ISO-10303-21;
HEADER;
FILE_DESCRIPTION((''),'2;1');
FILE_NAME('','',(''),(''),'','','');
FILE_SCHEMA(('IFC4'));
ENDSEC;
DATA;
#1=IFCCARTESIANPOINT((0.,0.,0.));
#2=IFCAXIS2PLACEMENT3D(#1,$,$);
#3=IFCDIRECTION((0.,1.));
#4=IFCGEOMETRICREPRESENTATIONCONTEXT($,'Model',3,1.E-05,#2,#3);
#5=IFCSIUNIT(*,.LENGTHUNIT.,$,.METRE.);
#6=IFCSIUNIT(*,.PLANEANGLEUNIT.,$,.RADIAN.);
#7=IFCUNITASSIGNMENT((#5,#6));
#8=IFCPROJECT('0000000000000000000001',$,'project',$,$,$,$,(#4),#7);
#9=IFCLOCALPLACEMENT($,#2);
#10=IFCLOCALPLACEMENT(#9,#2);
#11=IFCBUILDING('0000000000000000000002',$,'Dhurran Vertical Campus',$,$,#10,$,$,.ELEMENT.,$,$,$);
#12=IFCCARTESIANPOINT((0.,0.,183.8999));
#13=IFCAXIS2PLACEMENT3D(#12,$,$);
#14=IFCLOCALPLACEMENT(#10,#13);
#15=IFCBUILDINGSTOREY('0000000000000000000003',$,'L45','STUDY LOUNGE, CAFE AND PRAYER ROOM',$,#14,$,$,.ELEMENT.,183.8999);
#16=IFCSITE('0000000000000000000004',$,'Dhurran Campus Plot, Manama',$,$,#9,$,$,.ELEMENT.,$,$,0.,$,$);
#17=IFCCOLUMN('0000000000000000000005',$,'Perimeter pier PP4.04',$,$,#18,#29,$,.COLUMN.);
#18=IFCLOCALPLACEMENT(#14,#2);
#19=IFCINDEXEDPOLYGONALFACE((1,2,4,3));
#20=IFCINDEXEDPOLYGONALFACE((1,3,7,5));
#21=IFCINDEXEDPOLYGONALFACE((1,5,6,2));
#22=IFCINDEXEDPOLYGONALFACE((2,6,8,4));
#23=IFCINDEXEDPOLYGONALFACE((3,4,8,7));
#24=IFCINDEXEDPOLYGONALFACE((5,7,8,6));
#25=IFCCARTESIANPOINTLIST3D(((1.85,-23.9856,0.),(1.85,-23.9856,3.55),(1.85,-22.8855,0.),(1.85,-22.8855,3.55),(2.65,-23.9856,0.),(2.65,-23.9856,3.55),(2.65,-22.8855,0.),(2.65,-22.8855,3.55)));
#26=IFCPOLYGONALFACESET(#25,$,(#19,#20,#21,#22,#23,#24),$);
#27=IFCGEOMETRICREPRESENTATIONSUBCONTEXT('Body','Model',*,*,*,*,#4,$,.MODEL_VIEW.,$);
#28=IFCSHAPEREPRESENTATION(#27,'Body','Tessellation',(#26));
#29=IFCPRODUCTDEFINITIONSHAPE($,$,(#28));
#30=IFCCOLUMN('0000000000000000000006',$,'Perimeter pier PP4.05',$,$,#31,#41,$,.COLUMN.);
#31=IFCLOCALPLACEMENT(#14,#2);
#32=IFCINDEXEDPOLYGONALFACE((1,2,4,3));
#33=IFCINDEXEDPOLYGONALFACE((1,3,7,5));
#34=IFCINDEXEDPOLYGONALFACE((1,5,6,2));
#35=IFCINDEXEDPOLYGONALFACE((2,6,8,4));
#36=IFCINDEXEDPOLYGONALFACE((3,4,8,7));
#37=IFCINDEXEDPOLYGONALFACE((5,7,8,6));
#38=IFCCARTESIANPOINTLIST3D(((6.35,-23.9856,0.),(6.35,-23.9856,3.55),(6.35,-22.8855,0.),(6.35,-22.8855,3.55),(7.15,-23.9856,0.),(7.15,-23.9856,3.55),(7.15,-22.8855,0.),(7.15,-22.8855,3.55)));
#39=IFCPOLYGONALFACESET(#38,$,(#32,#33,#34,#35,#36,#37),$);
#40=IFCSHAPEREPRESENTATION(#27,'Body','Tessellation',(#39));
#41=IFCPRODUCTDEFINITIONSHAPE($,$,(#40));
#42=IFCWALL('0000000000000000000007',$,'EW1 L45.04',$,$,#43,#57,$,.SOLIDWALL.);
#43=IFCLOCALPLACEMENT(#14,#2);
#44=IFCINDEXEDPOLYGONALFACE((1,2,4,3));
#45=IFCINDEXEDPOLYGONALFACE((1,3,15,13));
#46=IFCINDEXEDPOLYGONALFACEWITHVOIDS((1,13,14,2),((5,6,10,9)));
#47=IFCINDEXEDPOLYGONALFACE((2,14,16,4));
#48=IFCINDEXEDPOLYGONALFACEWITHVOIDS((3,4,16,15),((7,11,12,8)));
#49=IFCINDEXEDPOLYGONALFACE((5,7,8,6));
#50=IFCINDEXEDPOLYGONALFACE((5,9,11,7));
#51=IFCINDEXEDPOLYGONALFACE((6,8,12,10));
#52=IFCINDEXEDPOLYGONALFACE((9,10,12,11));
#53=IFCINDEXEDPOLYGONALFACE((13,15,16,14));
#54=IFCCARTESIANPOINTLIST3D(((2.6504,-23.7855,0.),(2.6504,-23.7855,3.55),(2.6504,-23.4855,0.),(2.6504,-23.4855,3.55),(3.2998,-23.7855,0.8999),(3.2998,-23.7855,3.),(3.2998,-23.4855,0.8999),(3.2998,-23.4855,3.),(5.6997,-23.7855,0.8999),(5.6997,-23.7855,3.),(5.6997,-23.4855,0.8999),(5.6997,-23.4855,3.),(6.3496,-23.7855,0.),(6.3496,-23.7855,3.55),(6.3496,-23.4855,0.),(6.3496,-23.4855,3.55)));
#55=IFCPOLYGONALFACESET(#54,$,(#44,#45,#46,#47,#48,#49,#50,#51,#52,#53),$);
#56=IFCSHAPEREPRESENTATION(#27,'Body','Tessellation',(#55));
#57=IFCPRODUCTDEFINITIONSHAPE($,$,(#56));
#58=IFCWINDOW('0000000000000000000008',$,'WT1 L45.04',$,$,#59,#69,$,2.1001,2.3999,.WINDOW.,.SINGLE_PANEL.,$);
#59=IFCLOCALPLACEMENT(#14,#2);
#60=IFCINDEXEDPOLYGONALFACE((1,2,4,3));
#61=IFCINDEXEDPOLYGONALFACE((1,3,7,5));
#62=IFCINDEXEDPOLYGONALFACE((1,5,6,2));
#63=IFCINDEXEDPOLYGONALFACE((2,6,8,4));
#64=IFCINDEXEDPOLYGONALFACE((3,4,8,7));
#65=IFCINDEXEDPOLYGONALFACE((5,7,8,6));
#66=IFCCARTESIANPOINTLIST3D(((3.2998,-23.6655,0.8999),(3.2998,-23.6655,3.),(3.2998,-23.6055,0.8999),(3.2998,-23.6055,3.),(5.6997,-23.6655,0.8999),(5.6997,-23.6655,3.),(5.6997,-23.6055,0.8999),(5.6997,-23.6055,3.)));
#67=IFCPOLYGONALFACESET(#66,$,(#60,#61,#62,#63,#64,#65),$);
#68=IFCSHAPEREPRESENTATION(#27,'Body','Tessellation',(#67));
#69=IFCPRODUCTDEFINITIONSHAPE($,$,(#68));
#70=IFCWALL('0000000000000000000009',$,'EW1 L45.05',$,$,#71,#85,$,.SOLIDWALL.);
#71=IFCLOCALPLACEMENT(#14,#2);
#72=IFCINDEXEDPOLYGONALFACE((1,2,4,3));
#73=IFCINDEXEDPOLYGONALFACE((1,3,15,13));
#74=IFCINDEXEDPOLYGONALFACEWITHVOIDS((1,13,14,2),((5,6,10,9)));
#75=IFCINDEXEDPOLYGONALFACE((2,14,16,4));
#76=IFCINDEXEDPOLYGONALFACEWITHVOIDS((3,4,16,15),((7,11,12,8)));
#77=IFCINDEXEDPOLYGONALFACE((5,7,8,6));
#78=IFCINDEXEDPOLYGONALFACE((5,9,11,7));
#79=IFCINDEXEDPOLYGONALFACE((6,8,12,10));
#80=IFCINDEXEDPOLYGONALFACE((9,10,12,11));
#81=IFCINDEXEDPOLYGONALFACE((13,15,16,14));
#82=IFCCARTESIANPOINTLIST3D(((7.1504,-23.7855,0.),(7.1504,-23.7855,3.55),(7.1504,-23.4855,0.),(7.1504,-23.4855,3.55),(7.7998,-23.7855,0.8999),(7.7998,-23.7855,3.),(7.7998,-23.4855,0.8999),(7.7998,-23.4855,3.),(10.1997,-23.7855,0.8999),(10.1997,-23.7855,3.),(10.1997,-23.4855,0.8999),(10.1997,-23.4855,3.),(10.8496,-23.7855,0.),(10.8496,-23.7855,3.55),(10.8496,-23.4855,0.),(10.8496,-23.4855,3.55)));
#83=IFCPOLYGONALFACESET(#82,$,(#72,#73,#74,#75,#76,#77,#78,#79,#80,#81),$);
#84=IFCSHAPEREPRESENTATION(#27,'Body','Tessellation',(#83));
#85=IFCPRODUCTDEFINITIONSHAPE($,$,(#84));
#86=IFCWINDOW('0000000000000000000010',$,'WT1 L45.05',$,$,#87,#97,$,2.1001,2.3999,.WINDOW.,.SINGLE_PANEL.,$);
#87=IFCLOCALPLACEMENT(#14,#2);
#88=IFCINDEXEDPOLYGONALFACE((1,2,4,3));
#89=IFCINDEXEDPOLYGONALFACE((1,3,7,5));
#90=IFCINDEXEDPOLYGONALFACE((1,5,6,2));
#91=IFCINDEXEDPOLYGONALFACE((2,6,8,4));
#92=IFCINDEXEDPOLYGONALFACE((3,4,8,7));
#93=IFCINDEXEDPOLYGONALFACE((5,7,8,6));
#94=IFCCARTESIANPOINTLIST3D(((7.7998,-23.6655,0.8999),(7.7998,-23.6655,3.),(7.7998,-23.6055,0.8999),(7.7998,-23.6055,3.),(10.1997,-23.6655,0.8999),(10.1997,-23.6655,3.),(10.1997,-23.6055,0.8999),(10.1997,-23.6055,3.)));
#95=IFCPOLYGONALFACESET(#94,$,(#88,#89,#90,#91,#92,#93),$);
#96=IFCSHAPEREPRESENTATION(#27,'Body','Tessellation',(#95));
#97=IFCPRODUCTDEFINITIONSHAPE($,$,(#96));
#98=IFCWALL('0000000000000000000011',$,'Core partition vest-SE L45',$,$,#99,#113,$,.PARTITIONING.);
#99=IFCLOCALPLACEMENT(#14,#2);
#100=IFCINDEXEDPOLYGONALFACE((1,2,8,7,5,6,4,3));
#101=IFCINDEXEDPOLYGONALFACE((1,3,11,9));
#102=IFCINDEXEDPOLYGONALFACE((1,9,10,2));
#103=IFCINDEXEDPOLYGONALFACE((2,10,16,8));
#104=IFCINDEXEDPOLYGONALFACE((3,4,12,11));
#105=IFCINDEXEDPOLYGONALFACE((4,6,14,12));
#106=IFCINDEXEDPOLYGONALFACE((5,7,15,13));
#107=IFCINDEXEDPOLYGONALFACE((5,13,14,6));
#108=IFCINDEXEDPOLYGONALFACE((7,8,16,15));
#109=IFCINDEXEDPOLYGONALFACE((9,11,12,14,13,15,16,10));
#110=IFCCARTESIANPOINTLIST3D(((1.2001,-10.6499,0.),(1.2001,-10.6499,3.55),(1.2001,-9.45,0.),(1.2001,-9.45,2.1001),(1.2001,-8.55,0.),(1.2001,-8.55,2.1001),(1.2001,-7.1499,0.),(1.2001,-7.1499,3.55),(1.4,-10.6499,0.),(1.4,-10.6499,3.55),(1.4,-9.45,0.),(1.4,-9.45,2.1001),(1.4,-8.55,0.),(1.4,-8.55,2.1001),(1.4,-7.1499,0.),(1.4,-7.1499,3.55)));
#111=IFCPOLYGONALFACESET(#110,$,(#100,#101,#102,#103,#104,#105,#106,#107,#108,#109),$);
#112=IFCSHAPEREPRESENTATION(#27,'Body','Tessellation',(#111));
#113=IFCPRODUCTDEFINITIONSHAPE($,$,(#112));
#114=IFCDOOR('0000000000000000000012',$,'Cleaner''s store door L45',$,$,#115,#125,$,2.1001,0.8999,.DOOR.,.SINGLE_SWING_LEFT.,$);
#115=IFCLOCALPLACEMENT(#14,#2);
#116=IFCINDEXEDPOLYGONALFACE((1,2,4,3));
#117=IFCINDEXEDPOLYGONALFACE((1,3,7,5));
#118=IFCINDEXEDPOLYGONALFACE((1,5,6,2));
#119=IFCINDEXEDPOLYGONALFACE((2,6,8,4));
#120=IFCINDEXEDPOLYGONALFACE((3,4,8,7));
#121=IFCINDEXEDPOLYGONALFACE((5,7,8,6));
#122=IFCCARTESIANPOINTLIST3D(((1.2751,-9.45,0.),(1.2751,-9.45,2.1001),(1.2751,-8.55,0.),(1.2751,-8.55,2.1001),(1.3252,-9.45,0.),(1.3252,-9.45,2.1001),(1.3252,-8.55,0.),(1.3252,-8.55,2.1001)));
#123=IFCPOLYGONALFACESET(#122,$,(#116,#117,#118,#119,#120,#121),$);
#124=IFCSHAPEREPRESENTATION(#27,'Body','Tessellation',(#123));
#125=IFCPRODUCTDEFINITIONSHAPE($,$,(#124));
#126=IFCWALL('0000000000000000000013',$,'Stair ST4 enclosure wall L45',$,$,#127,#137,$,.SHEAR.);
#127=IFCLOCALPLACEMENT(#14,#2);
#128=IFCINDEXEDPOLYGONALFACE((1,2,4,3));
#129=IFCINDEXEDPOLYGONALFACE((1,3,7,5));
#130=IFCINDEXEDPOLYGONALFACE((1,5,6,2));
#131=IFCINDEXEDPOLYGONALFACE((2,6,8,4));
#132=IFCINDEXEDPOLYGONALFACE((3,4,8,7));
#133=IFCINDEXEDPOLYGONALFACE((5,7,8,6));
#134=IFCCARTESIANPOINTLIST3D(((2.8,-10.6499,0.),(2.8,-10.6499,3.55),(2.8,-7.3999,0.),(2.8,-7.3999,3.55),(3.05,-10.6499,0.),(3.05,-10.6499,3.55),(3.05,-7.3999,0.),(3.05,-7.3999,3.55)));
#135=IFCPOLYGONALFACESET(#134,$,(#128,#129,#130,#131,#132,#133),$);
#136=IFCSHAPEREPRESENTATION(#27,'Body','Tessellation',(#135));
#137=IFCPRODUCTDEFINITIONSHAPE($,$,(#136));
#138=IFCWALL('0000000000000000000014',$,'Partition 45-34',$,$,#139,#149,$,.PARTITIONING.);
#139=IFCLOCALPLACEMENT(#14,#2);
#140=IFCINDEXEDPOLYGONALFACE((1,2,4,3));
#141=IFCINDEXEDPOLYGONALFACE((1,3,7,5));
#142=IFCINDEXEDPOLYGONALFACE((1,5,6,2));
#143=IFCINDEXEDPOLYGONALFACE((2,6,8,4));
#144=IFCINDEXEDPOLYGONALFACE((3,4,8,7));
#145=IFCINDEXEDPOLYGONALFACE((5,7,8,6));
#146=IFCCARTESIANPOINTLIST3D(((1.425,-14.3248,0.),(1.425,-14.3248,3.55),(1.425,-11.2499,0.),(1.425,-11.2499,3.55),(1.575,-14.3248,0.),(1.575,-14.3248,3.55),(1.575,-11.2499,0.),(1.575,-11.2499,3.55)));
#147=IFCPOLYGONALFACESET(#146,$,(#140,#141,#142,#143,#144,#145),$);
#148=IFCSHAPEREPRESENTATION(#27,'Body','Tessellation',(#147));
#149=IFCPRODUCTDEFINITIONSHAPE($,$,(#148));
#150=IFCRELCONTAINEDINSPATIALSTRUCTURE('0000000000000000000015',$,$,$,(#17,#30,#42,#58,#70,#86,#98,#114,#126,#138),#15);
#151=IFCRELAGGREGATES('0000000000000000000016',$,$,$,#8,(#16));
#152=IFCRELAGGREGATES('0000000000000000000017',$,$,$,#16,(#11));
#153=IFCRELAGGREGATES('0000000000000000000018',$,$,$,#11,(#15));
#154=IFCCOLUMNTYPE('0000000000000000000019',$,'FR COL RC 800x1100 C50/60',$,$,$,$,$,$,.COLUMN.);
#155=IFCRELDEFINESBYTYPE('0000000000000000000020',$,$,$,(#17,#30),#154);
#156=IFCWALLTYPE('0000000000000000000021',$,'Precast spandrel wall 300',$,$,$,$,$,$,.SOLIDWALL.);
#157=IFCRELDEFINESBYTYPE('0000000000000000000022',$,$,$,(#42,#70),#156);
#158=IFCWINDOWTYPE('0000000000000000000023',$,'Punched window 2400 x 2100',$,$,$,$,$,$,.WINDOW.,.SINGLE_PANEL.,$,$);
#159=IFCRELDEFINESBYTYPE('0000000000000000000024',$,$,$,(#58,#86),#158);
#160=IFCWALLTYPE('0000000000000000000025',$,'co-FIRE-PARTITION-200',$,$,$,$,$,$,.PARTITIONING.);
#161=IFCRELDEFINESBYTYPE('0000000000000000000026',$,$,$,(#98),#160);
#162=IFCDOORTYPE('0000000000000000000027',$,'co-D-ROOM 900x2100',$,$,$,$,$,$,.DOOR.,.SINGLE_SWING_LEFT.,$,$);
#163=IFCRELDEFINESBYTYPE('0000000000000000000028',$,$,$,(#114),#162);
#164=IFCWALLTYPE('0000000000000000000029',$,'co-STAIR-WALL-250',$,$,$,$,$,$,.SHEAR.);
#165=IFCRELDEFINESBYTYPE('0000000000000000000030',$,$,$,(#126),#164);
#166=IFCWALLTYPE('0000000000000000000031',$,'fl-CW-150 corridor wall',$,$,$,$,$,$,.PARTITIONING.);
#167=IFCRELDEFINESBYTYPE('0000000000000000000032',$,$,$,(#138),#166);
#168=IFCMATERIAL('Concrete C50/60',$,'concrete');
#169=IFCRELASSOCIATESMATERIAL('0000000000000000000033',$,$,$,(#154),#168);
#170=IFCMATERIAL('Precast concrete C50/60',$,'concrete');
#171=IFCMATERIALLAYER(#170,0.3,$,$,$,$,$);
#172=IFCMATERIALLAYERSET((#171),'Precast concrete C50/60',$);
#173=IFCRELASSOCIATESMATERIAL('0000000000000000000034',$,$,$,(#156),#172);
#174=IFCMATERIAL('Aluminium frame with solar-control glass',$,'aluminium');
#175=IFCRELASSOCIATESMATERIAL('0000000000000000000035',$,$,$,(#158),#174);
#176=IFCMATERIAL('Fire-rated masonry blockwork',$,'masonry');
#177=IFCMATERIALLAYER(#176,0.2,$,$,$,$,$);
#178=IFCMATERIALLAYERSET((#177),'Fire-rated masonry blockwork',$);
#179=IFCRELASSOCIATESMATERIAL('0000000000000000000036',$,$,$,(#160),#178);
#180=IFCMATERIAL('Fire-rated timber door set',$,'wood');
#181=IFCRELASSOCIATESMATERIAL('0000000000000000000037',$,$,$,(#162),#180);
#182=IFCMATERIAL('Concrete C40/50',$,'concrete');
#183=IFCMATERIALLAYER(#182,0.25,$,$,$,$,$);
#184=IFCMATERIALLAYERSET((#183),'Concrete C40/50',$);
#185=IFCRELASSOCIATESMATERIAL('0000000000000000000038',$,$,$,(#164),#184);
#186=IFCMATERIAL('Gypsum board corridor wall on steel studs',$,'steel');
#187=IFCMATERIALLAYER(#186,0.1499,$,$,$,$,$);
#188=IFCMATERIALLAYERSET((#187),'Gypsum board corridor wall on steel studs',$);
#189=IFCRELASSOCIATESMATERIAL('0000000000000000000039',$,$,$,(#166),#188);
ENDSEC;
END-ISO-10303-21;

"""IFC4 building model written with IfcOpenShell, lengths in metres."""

from ifc_helpers import new_model, si_unit, direction, frame, frame_2d, origin, origin_2d, place, context, subcontext, project, spatial, rectangle, extrude, material, layer, layer_set, material_profile, profile_set, type_object, element, fill, save


model = new_model("IFC4")

# Units and contexts
model_context = context("Model", 3, precision=1e-05, world=origin(), true_north=direction((0.0, 1.0)))
body_context = subcontext(model_context, "Body", "Model", "MODEL_VIEW")
ifc_project = project(units=[si_unit("LENGTHUNIT", "METRE"), si_unit("PLANEANGLEUNIT", "RADIAN")], contexts=[model_context])

# Site, building, storey
site_placement = place(None, origin())
site = spatial("IfcSite", under=ifc_project, at=site_placement, Name="Dhurran Campus Plot, Manama", CompositionType="ELEMENT", RefElevation=0.0)
building_placement = place(site_placement, origin())
building = spatial("IfcBuilding", under=site, at=building_placement, Name="Dhurran Vertical Campus", CompositionType="ELEMENT")
storey_placement = place(building_placement, frame((0.0, 0.0, 183.8999)))
storey = spatial("IfcBuildingStorey", under=building, at=storey_placement, Name="L45", Description="STUDY LOUNGE, CAFE AND PRAYER ROOM", CompositionType="ELEMENT", Elevation=183.8999)

# Columns
ifc_material_1 = material(Name="Concrete C50/60", Category="concrete")
ifc_material_profile = material_profile(ifc_material_1, rectangle(XDim=0.8, YDim=1.1001, at=origin_2d()), Name="RC 800x1100")
ifc_profile_set = profile_set([ifc_material_profile], Name="Concrete C50/60")
column_type = type_object("IfcColumnType", Name="FR COL RC 800x1100 C50/60", PredefinedType="COLUMN", material=ifc_profile_set)
for number, where, z_axis, x_axis, name in (
    (1, (2.25, -23.4355, 0.0), (0.0, 0.0, 1.0), (1.0, 0.0, 0.0), "Perimeter pier PP4.04"),
    (2, (6.75, -23.4355, 0.0), (0.0, 0.0, 1.0), (1.0, 0.0, 0.0), "Perimeter pier PP4.05"),
):
    element("IfcColumn", number, at=place(storey_placement, frame(where, z_axis=z_axis, x_axis=x_axis)), inside=storey, type_object=column_type, Name=name, PredefinedType="COLUMN", context=body_context, shape_type="SweptSolid", body=[
        extrude(rectangle(XDim=0.8, YDim=1.1001, at=origin_2d()), origin(), (0.0, 0.0, 1.0), 3.55),
    ])

# Walls, openings, windows
ifc_material_2 = material(Name="Precast concrete C50/60", Category="concrete")
ifc_layer_1 = layer(ifc_material_2, 0.3)
ifc_layer_set_1 = layer_set([ifc_layer_1], Name="Precast concrete C50/60")
wall_type_1 = type_object("IfcWallType", Name="Precast spandrel wall 300", PredefinedType="SOLIDWALL", material=ifc_layer_set_1)
wall_1_placement = place(storey_placement, frame((2.6504, -23.6355, 0.0), z_axis=(0.0, 0.0, 1.0), x_axis=(1.0, 0.0, 0.0)))
wall_1 = element("IfcWall", 3, at=wall_1_placement, inside=storey, type_object=wall_type_1, Name="EW1 L45.04", PredefinedType="SOLIDWALL", context=body_context, shape_type="SweptSolid", body=[
    extrude(rectangle(XDim=3.6992, YDim=0.3, at=frame_2d((1.8496, 0.0))), origin(), (0.0, 0.0, 1.0), 3.55),
])
opening_1_placement = place(wall_1_placement, frame((0.6494, 0.0, 0.8999)))
opening_1 = element("IfcOpeningElement", 4, at=opening_1_placement, cuts=wall_1, PredefinedType="OPENING", context=body_context, shape_type="SweptSolid", body=[
    extrude(rectangle(XDim=2.3999, YDim=2.1001, at=frame_2d((1.2, 1.05))), frame((0.0, 0.1599, 0.0), z_axis=(0.0, -1.0, 0.0), x_axis=(1.0, 0.0, 0.0)), (0.0, 0.0, 1.0), 0.3201),
])
ifc_material_3 = material(Name="Aluminium frame with solar-control glass", Category="aluminium")
window_type = type_object("IfcWindowType", Name="Punched window 2400 x 2100", PartitioningType="SINGLE_PANEL", PredefinedType="WINDOW", material=ifc_material_3)
window_1_placement = place(opening_1_placement, origin())
window_1 = element("IfcWindow", 5, at=window_1_placement, inside=storey, type_object=window_type, Name="WT1 L45.04", OverallHeight=2.1001, OverallWidth=2.3999, PartitioningType="SINGLE_PANEL", PredefinedType="WINDOW", context=body_context, shape_type="SweptSolid", body=[
    extrude(rectangle(XDim=2.3999, YDim=2.1001, at=frame_2d((1.2, 1.05))), frame((0.0, 0.03, 0.0), z_axis=(0.0, -1.0, 0.0), x_axis=(1.0, 0.0, 0.0)), (0.0, 0.0, 1.0), 0.0601),
])
fill(opening_1, window_1)
wall_2_placement = place(storey_placement, frame((7.1504, -23.6355, 0.0), z_axis=(0.0, 0.0, 1.0), x_axis=(1.0, 0.0, 0.0)))
wall_2 = element("IfcWall", 6, at=wall_2_placement, inside=storey, type_object=wall_type_1, Name="EW1 L45.05", PredefinedType="SOLIDWALL", context=body_context, shape_type="SweptSolid", body=[
    extrude(rectangle(XDim=3.6992, YDim=0.3, at=frame_2d((1.8496, 0.0))), origin(), (0.0, 0.0, 1.0), 3.55),
])
opening_2_placement = place(wall_2_placement, frame((0.6494, 0.0, 0.8999)))
opening_2 = element("IfcOpeningElement", 7, at=opening_2_placement, cuts=wall_2, PredefinedType="OPENING", context=body_context, shape_type="SweptSolid", body=[
    extrude(rectangle(XDim=2.3999, YDim=2.1001, at=frame_2d((1.2, 1.05))), frame((0.0, 0.1599, 0.0), z_axis=(0.0, -1.0, 0.0), x_axis=(1.0, 0.0, 0.0)), (0.0, 0.0, 1.0), 0.3201),
])
window_2_placement = place(opening_2_placement, origin())
window_2 = element("IfcWindow", 8, at=window_2_placement, inside=storey, type_object=window_type, Name="WT1 L45.05", OverallHeight=2.1001, OverallWidth=2.3999, PartitioningType="SINGLE_PANEL", PredefinedType="WINDOW", context=body_context, shape_type="SweptSolid", body=[
    extrude(rectangle(XDim=2.3999, YDim=2.1001, at=frame_2d((1.2, 1.05))), frame((0.0, 0.03, 0.0), z_axis=(0.0, -1.0, 0.0), x_axis=(1.0, 0.0, 0.0)), (0.0, 0.0, 1.0), 0.0601),
])
fill(opening_2, window_2)

# Wall, opening, door
ifc_material_4 = material(Name="Fire-rated masonry blockwork", Category="masonry")
ifc_layer_2 = layer(ifc_material_4, 0.2)
ifc_layer_set_2 = layer_set([ifc_layer_2], Name="Fire-rated masonry blockwork")
wall_type_2 = type_object("IfcWallType", Name="co-FIRE-PARTITION-200", PredefinedType="PARTITIONING", material=ifc_layer_set_2)
wall_3_placement = place(storey_placement, frame((1.3, -10.6499, 0.0), z_axis=(0.0, 0.0, 1.0), x_axis=(0.0, 1.0, 0.0)))
wall_3 = element("IfcWall", 9, at=wall_3_placement, inside=storey, type_object=wall_type_2, Name="Core partition vest-SE L45", PredefinedType="PARTITIONING", context=body_context, shape_type="SweptSolid", body=[
    extrude(rectangle(XDim=3.5, YDim=0.2, at=frame_2d((1.75, 0.0))), origin(), (0.0, 0.0, 1.0), 3.55),
])
opening_3_placement = place(wall_3_placement, frame((1.2, 0.0, 0.0)))
opening_3 = element("IfcOpeningElement", 10, at=opening_3_placement, cuts=wall_3, PredefinedType="OPENING", context=body_context, shape_type="SweptSolid", body=[
    extrude(rectangle(XDim=0.8999, YDim=2.1001, at=frame_2d((0.45, 1.05))), frame((0.0, 0.1099, 0.0), z_axis=(0.0, -1.0, 0.0), x_axis=(1.0, 0.0, 0.0)), (0.0, 0.0, 1.0), 0.22),
])
ifc_material_5 = material(Name="Fire-rated timber door set", Category="wood")
door_type_1 = type_object("IfcDoorType", Name="co-D-ROOM 900x2100", OperationType="SINGLE_SWING_LEFT", PredefinedType="DOOR", material=ifc_material_5)
door_1_placement = place(opening_3_placement, origin())
door_1 = element("IfcDoor", 11, at=door_1_placement, inside=storey, type_object=door_type_1, Name="Cleaner's store door L45", OperationType="SINGLE_SWING_LEFT", OverallHeight=2.1001, OverallWidth=0.8999, PredefinedType="DOOR", context=body_context, shape_type="SweptSolid", body=[
    extrude(rectangle(XDim=0.8999, YDim=2.1001, at=frame_2d((0.45, 1.05))), frame((0.0, 0.0249, 0.0), z_axis=(0.0, -1.0, 0.0), x_axis=(1.0, 0.0, 0.0)), (0.0, 0.0, 1.0), 0.05),
])
fill(opening_3, door_1)

# Walls
ifc_material_6 = material(Name="Concrete C40/50", Category="concrete")
ifc_layer_3 = layer(ifc_material_6, 0.25)
ifc_layer_set_3 = layer_set([ifc_layer_3], Name="Concrete C40/50")
wall_type_3 = type_object("IfcWallType", Name="co-STAIR-WALL-250", PredefinedType="SHEAR", material=ifc_layer_set_3)
wall_4_placement = place(storey_placement, frame((2.925, -10.6499, 0.0), z_axis=(0.0, 0.0, 1.0), x_axis=(0.0, 1.0, 0.0)))
element("IfcWall", 12, at=wall_4_placement, inside=storey, type_object=wall_type_3, Name="Stair ST4 enclosure wall L45", PredefinedType="SHEAR", context=body_context, shape_type="SweptSolid", body=[
    extrude(rectangle(XDim=3.25, YDim=0.25, at=frame_2d((1.625, 0.0))), origin(), (0.0, 0.0, 1.0), 3.55),
])
ifc_material_7 = material(Name="Gypsum board corridor wall on steel studs", Category="steel")
ifc_layer_4 = layer(ifc_material_7, 0.1499)
ifc_layer_set_4 = layer_set([ifc_layer_4], Name="Gypsum board corridor wall on steel studs")
wall_type_4 = type_object("IfcWallType", Name="fl-CW-150 corridor wall", PredefinedType="PARTITIONING", material=ifc_layer_set_4)
wall_5_placement = place(storey_placement, frame((1.5, -14.325, 0.0), z_axis=(0.0, 0.0, 1.0), x_axis=(0.0, 1.0, 0.0)))
element("IfcWall", 13, at=wall_5_placement, inside=storey, type_object=wall_type_4, Name="Partition 45-34", PredefinedType="PARTITIONING", context=body_context, shape_type="SweptSolid", body=[
    extrude(rectangle(XDim=3.075, YDim=0.1499, at=frame_2d((1.5376, 0.0))), origin(), (0.0, 0.0, 1.0), 3.55),
])

save(model, "model.ifc")
